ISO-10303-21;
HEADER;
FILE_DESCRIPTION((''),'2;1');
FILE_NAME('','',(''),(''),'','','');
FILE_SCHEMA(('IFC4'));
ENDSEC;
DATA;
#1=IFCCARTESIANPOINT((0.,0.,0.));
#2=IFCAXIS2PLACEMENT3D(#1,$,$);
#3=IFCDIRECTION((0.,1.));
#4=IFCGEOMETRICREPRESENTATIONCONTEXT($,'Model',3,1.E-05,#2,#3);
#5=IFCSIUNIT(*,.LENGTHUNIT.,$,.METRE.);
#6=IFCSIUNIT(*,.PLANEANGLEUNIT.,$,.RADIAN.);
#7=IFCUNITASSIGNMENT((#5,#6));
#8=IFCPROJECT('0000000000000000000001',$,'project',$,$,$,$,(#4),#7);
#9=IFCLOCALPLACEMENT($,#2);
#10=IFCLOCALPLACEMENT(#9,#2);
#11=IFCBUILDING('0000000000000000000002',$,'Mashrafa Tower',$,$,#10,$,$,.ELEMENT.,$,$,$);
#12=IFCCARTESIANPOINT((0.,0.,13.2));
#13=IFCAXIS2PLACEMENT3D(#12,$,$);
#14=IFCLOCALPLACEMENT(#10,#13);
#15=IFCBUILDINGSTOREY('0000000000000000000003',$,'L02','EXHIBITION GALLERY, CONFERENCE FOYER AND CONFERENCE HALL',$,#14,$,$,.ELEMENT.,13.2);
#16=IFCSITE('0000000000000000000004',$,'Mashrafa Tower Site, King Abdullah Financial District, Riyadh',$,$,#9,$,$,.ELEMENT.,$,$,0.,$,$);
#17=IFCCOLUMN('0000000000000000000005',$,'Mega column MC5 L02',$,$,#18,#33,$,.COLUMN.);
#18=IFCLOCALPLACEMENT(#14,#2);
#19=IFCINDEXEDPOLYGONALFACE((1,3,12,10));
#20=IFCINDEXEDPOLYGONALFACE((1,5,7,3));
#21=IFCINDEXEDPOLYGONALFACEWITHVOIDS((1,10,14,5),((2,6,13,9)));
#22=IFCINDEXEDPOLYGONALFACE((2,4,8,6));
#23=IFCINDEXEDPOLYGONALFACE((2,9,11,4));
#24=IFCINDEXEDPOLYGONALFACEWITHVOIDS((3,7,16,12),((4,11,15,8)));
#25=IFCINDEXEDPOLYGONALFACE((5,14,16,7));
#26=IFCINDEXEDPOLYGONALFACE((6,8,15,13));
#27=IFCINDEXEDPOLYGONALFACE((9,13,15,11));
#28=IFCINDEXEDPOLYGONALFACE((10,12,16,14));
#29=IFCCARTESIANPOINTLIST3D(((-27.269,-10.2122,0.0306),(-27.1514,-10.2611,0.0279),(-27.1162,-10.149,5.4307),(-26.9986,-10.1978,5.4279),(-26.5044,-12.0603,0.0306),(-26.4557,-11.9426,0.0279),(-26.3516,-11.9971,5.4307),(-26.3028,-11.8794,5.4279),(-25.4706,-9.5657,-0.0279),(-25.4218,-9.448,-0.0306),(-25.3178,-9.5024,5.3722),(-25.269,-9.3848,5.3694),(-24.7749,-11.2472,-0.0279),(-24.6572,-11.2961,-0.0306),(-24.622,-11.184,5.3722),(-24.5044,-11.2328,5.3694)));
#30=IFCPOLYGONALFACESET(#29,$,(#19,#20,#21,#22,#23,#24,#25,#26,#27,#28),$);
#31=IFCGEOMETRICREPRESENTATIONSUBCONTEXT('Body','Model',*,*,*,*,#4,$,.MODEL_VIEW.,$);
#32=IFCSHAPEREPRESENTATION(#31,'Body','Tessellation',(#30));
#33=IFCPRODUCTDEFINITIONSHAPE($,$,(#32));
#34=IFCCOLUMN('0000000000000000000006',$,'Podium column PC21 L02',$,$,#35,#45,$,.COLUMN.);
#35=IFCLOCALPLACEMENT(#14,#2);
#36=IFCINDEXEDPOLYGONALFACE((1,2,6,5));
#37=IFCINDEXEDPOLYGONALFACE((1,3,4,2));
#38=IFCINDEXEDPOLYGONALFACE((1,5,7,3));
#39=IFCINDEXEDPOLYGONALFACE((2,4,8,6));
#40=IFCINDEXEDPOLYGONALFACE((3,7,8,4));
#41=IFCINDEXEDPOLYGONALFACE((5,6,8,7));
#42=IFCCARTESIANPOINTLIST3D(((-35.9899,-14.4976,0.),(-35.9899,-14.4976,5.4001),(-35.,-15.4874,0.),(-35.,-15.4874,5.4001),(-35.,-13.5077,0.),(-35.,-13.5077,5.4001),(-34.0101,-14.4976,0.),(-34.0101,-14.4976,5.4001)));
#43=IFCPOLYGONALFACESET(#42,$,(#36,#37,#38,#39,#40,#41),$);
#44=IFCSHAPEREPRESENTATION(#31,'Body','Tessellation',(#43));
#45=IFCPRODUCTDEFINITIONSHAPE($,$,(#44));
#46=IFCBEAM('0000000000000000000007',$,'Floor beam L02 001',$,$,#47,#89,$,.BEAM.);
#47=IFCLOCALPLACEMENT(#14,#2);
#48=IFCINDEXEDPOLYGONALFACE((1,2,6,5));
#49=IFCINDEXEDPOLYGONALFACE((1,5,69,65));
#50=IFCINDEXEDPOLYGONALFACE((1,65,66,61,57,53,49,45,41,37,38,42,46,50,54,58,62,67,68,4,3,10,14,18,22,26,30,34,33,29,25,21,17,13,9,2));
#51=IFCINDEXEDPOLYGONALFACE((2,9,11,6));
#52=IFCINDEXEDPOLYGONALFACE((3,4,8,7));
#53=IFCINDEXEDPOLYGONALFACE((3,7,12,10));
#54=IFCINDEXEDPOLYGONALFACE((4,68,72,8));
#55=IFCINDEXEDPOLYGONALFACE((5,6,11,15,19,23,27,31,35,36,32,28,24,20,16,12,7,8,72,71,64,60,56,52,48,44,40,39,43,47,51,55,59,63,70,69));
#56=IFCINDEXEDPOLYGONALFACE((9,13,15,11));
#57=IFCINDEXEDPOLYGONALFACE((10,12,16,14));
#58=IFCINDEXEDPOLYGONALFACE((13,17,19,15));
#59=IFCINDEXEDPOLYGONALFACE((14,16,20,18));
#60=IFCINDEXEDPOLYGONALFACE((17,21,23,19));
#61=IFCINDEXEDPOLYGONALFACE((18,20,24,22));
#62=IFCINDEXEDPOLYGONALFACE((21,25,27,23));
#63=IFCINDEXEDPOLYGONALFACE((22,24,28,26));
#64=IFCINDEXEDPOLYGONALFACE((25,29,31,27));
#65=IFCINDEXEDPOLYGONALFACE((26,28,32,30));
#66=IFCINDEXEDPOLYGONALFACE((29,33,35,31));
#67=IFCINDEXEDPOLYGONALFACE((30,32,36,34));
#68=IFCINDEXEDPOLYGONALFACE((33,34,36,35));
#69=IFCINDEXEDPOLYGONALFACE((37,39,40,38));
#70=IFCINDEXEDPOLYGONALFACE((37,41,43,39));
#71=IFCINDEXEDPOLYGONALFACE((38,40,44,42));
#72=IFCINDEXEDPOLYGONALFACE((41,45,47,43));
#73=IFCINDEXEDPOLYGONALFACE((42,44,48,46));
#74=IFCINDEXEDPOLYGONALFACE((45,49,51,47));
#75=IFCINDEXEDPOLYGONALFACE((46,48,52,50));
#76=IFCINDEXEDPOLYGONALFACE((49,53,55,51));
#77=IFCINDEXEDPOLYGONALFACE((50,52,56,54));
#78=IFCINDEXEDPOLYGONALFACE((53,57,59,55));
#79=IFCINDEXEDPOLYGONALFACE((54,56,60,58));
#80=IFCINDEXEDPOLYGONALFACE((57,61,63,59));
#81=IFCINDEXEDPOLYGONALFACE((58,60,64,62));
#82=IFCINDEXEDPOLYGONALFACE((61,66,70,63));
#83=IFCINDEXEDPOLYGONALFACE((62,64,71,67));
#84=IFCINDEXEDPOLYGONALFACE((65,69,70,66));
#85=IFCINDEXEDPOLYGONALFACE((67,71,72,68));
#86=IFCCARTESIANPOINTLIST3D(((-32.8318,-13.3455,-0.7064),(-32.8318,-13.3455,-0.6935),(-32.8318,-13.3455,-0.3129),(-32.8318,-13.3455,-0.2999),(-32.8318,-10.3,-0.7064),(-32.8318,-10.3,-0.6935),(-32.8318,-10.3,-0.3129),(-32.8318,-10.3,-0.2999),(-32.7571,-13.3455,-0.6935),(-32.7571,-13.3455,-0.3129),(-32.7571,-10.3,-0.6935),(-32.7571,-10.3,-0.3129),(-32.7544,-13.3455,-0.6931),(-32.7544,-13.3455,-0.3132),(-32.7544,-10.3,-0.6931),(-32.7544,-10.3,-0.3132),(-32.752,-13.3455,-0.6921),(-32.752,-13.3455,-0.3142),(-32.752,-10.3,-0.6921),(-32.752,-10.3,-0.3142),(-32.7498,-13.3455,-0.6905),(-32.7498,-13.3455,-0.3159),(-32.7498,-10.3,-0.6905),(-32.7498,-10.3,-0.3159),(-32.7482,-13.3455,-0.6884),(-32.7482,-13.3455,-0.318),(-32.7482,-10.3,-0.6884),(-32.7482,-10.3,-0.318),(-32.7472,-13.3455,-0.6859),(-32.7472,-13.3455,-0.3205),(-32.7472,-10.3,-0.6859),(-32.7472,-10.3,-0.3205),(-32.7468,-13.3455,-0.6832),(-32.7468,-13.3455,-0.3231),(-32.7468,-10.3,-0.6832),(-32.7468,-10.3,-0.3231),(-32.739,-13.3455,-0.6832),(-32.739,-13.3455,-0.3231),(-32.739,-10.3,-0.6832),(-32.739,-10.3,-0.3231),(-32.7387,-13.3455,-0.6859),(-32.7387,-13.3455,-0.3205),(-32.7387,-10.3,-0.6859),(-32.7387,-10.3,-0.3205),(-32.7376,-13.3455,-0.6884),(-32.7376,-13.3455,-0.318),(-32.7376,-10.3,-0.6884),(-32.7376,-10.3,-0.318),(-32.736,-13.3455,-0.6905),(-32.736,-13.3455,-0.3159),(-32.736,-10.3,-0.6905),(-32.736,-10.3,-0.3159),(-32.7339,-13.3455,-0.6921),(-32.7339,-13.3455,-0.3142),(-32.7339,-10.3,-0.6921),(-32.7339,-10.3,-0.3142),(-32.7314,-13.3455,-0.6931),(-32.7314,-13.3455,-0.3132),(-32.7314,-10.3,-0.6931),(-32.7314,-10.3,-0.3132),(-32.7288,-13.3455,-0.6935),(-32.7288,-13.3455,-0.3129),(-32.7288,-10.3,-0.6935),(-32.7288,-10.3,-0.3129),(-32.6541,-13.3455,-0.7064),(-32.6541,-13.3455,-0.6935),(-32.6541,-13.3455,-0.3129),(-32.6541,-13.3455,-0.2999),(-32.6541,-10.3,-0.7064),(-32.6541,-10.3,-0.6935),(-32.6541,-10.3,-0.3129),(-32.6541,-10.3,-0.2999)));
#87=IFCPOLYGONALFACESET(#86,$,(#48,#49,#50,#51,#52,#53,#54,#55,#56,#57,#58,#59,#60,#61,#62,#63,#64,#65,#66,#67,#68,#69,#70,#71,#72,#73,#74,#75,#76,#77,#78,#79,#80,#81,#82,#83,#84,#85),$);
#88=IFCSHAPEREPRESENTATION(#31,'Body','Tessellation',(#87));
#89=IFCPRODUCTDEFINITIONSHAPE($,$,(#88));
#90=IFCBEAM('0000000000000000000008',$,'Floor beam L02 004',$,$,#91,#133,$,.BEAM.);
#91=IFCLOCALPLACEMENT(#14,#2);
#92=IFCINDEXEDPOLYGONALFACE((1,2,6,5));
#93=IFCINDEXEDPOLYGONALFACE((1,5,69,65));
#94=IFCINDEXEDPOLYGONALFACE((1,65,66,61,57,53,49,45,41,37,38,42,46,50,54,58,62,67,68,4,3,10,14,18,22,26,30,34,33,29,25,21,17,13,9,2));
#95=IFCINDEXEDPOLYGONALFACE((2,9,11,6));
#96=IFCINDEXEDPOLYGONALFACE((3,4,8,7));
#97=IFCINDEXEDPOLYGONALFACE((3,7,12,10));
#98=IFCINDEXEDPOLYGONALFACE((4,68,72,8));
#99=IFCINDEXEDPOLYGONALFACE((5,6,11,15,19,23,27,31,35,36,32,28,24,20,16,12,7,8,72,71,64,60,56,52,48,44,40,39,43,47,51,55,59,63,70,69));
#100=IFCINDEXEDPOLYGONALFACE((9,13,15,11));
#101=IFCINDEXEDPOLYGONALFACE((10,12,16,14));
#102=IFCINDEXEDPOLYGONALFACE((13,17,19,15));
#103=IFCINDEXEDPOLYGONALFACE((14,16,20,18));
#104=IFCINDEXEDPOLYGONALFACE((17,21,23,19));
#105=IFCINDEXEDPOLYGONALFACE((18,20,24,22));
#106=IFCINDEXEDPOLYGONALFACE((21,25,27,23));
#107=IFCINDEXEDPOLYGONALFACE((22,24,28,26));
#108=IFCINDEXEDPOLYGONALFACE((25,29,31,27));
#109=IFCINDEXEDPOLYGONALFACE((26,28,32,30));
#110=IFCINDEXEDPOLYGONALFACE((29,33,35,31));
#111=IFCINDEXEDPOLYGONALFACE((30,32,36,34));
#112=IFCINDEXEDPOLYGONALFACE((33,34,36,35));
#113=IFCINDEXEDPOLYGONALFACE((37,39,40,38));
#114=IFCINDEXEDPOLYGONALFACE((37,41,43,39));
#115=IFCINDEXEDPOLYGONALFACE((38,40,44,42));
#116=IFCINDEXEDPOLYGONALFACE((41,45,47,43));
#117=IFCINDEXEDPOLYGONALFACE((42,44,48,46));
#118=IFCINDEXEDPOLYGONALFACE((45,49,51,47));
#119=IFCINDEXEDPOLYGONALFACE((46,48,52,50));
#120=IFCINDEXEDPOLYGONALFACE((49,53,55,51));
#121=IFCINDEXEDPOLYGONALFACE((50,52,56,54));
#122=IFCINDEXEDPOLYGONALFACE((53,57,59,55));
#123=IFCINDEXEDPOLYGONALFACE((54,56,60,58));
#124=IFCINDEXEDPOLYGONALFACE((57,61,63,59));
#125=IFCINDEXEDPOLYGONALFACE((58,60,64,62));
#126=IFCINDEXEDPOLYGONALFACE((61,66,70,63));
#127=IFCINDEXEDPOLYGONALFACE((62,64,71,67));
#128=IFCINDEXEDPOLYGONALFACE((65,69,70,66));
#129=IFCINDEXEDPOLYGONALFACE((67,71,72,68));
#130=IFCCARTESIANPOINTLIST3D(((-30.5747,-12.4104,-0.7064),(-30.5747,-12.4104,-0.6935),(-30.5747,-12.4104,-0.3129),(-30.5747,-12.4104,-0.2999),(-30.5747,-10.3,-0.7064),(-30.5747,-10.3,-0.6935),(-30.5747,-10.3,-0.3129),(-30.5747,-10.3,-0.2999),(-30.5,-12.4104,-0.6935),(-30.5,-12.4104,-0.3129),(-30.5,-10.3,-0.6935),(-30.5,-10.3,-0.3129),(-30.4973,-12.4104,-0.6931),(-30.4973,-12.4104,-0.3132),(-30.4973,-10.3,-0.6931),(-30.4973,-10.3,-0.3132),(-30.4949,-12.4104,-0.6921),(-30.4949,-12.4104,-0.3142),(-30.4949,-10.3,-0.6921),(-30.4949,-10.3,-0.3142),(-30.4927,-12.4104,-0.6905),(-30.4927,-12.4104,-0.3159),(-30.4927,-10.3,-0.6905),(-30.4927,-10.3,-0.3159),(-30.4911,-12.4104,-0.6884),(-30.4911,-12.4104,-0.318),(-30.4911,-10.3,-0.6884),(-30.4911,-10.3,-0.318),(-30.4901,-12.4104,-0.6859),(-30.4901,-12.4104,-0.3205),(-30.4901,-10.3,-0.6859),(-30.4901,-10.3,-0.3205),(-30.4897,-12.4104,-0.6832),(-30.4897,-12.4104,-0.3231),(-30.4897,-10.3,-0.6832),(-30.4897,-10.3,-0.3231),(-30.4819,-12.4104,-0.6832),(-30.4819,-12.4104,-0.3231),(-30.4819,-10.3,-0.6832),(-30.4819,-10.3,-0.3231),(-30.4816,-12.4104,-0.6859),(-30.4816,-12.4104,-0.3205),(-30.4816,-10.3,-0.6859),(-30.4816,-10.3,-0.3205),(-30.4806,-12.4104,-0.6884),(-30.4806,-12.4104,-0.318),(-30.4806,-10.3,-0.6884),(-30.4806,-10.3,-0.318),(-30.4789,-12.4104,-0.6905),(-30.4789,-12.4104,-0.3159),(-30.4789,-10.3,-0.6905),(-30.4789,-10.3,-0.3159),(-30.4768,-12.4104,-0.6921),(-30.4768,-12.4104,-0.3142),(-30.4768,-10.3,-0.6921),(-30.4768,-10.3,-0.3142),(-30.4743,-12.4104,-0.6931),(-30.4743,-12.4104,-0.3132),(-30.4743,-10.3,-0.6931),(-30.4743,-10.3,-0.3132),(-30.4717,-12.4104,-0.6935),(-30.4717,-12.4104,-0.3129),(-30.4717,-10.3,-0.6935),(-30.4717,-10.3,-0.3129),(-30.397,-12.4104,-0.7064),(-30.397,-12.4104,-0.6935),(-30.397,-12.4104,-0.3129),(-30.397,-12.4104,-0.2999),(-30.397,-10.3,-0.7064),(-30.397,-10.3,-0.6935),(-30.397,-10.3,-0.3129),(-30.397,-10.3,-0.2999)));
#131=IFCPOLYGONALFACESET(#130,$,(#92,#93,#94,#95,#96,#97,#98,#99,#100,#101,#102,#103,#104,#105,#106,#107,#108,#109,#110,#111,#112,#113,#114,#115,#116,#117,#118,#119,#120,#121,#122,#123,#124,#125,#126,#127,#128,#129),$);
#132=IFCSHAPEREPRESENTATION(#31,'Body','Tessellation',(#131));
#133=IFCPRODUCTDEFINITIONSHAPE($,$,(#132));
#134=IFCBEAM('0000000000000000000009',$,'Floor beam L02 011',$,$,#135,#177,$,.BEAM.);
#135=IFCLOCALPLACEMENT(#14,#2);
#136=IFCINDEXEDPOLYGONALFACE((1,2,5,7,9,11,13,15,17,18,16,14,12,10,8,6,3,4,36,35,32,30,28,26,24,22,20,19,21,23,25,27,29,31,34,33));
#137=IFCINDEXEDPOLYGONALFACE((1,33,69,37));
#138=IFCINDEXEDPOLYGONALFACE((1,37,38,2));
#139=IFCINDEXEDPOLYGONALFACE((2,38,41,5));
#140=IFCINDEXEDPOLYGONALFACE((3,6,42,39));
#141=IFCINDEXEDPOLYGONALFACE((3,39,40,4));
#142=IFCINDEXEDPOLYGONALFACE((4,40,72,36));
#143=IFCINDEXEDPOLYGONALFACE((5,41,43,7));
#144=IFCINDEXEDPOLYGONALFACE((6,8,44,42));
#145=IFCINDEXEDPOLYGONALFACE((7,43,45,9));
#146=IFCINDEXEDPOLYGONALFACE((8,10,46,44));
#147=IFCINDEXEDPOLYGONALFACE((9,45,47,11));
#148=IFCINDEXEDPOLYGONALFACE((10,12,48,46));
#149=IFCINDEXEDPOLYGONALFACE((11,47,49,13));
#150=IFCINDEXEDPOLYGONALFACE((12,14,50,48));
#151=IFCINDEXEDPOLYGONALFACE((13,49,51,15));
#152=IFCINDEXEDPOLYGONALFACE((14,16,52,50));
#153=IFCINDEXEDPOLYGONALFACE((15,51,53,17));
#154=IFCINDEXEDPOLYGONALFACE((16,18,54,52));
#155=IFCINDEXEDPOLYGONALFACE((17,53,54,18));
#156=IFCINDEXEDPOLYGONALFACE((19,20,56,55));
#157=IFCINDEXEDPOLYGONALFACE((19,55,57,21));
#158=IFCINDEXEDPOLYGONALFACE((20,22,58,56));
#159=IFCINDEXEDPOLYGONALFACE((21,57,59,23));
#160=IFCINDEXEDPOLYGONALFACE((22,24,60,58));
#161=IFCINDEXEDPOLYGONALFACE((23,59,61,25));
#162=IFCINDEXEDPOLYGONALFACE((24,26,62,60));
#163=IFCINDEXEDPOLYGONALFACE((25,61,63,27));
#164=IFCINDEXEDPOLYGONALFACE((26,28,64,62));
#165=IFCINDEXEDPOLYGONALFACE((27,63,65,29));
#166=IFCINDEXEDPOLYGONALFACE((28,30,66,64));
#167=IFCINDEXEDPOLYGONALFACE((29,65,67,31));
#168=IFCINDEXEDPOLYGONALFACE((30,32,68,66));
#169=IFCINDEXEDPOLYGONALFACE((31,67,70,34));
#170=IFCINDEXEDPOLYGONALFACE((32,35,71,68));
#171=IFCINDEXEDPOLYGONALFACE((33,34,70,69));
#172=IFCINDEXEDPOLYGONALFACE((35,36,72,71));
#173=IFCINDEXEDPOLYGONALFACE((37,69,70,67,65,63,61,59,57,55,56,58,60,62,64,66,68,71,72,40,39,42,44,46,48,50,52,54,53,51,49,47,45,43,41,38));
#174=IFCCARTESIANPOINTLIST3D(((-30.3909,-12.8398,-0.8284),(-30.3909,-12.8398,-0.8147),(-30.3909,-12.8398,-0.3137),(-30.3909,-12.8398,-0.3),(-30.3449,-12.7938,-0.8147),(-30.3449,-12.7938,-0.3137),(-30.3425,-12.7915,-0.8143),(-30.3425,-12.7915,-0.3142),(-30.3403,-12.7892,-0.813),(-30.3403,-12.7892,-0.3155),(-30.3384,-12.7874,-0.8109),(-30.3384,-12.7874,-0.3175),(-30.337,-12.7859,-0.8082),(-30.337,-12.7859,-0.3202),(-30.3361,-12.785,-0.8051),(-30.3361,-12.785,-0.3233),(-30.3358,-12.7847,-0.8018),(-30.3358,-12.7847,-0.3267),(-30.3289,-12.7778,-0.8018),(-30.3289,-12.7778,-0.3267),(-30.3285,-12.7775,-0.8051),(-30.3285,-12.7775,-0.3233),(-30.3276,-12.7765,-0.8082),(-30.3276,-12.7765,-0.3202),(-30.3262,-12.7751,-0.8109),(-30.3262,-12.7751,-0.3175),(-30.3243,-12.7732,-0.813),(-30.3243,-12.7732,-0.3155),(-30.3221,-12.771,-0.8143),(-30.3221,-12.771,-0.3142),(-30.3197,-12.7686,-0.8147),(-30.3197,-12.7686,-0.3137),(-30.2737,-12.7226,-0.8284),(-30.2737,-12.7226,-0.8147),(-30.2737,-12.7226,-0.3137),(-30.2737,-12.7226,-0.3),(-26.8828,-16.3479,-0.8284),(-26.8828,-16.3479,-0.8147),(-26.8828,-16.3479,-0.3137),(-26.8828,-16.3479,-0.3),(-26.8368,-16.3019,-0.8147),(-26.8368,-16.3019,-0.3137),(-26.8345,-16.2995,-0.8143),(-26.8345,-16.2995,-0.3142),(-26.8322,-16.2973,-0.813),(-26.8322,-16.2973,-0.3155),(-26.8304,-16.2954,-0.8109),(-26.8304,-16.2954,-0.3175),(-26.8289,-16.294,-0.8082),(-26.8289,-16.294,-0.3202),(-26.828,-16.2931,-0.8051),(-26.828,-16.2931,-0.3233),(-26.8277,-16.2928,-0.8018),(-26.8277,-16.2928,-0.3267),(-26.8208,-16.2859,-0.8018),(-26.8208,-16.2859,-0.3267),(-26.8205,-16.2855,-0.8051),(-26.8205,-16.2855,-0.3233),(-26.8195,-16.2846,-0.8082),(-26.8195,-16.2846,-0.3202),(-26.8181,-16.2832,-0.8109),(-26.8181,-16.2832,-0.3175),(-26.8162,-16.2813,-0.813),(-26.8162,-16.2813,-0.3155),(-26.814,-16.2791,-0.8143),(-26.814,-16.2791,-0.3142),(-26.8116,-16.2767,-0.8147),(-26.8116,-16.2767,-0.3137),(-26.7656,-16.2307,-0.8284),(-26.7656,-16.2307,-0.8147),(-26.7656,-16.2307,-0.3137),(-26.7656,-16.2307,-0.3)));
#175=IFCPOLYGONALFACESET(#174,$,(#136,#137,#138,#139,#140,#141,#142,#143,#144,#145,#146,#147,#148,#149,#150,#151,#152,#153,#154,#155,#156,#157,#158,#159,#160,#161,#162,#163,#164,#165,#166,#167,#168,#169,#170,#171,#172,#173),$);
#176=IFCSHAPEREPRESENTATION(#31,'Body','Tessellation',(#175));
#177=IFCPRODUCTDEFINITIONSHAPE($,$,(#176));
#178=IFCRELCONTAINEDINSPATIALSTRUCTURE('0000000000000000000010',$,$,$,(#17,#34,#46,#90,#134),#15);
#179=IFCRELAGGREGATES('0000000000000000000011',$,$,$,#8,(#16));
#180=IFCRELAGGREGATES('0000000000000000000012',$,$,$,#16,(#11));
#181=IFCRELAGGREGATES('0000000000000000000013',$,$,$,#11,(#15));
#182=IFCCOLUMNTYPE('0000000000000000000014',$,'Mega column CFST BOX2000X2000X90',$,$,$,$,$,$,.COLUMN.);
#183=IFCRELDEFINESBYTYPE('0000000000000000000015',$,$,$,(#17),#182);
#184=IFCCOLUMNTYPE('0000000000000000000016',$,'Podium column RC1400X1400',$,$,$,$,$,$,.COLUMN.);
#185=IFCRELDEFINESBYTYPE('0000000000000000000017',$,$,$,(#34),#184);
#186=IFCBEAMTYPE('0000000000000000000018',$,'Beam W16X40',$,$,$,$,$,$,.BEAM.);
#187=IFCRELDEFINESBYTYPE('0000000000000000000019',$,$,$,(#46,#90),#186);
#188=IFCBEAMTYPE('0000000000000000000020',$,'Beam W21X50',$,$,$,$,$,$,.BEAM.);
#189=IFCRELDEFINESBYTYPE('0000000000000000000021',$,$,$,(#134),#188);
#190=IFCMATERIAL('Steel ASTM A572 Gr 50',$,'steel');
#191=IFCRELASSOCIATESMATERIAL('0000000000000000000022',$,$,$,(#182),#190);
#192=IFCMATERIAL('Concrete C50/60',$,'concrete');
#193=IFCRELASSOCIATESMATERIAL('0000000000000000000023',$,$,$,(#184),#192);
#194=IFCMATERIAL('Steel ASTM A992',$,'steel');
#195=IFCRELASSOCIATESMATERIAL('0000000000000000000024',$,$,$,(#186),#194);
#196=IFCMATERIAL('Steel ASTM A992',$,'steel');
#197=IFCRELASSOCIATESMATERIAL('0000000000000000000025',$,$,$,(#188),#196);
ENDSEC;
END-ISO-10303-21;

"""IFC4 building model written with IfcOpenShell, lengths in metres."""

from ifc_helpers import new_model, si_unit, direction, frame, origin, origin_2d, place, context, subcontext, project, spatial, rectangle, hollow_rectangle, i_section, extrude, material, material_profile, profile_set, type_object, element, save


model = new_model("IFC4")

# Units and contexts
model_context = context("Model", 3, precision=1e-05, world=origin(), true_north=direction((0.0, 1.0)))
body_context = subcontext(model_context, "Body", "Model", "MODEL_VIEW")
ifc_project = project(units=[si_unit("LENGTHUNIT", "METRE"), si_unit("PLANEANGLEUNIT", "RADIAN")], contexts=[model_context])

# Site, building, storey
site_placement = place(None, origin())
site = spatial("IfcSite", under=ifc_project, at=site_placement, Name="Mashrafa Tower Site, King Abdullah Financial District, Riyadh", CompositionType="ELEMENT", RefElevation=0.0)
building_placement = place(site_placement, origin())
building = spatial("IfcBuilding", under=site, at=building_placement, Name="Mashrafa Tower", CompositionType="ELEMENT")
storey_placement = place(building_placement, frame((0.0, 0.0, 13.2)))
storey = spatial("IfcBuildingStorey", under=building, at=storey_placement, Name="L02", Description="EXHIBITION GALLERY, CONFERENCE FOYER AND CONFERENCE HALL", CompositionType="ELEMENT", Elevation=13.2)

# Columns
ifc_material_1 = material(Name="Steel ASTM A572 Gr 50", Category="steel")
ifc_material_profile_1 = material_profile(ifc_material_1, hollow_rectangle(XDim=2.0, YDim=2.0, WallThickness=0.0901, at=origin_2d()), Name="BOX2000X2000X90")
ifc_profile_set_1 = profile_set([ifc_material_profile_1], Name="Steel ASTM A572 Gr 50")
column_type_1 = type_object("IfcColumnType", Name="Mega column CFST BOX2000X2000X90", PredefinedType="COLUMN", material=ifc_profile_set_1)
column_1_placement = place(storey_placement, frame((-25.9631, -10.7542, 0.0), z_axis=(0.028288, 0.011704, 0.999531), x_axis=(-0.382308, 0.924035, 0.0)))
element("IfcColumn", 1, at=column_1_placement, inside=storey, type_object=column_type_1, Name="Mega column MC5 L02", PredefinedType="COLUMN", context=body_context, shape_type="SweptSolid", body=[
    extrude(hollow_rectangle(XDim=2.0, YDim=2.0, WallThickness=0.0901, at=origin_2d()), origin(), (0.0, 0.0, 1.0), 5.4026),
])
ifc_material_2 = material(Name="Concrete C50/60", Category="concrete")
ifc_material_profile_2 = material_profile(ifc_material_2, rectangle(XDim=1.3999, YDim=1.3999, at=origin_2d()), Name="RC1400X1400")
ifc_profile_set_2 = profile_set([ifc_material_profile_2], Name="Concrete C50/60")
column_type_2 = type_object("IfcColumnType", Name="Podium column RC1400X1400", PredefinedType="COLUMN", material=ifc_profile_set_2)
column_2_placement = place(storey_placement, frame((-35.0, -14.4976, 0.0), z_axis=(0.0, 0.0, 1.0), x_axis=(0.707107, 0.707107, 0.0)))
element("IfcColumn", 2, at=column_2_placement, inside=storey, type_object=column_type_2, Name="Podium column PC21 L02", PredefinedType="COLUMN", context=body_context, shape_type="SweptSolid", body=[
    extrude(rectangle(XDim=1.3999, YDim=1.3999, at=origin_2d()), origin(), (0.0, 0.0, 1.0), 5.4001),
])

# Beams
ifc_material_3 = material(Name="Steel ASTM A992", Category="steel")
ifc_material_profile_3 = material_profile(ifc_material_3, i_section(OverallWidth=0.1777, OverallDepth=0.4065, WebThickness=0.0078, FlangeThickness=0.0129, FilletRadius=0.0103, at=origin_2d()), Name="W16X40")
ifc_profile_set_3 = profile_set([ifc_material_profile_3], Name="Steel ASTM A992")
beam_type_1 = type_object("IfcBeamType", Name="Beam W16X40", PredefinedType="BEAM", material=ifc_profile_set_3)
beam_1_placement = place(storey_placement, frame((-32.7429, -13.3455, -0.5032), z_axis=(0.0, 1.0, 0.0), x_axis=(-1.0, 0.0, 0.0)))
element("IfcBeam", 3, at=beam_1_placement, inside=storey, type_object=beam_type_1, Name="Floor beam L02 001", PredefinedType="BEAM", context=body_context, shape_type="SweptSolid", body=[
    extrude(i_section(OverallWidth=0.1777, OverallDepth=0.4065, WebThickness=0.0078, FlangeThickness=0.0129, FilletRadius=0.0103, at=origin_2d()), origin(), (0.0, 0.0, 1.0), 3.0454),
])
beam_2_placement = place(storey_placement, frame((-30.4858, -12.4104, -0.5032), z_axis=(0.0, 1.0, 0.0), x_axis=(-1.0, 0.0, 0.0)))
element("IfcBeam", 4, at=beam_2_placement, inside=storey, type_object=beam_type_1, Name="Floor beam L02 004", PredefinedType="BEAM", context=body_context, shape_type="SweptSolid", body=[
    extrude(i_section(OverallWidth=0.1777, OverallDepth=0.4065, WebThickness=0.0078, FlangeThickness=0.0129, FilletRadius=0.0103, at=origin_2d()), origin(), (0.0, 0.0, 1.0), 2.1104),
])
ifc_material_4 = material(Name="Steel ASTM A992", Category="steel")
ifc_material_profile_4 = material_profile(ifc_material_4, i_section(OverallWidth=0.1658, OverallDepth=0.5283, WebThickness=0.0098, FlangeThickness=0.0137, FilletRadius=0.0129, at=origin_2d()), Name="W21X50")
ifc_profile_set_4 = profile_set([ifc_material_profile_4], Name="Steel ASTM A992")
beam_type_2 = type_object("IfcBeamType", Name="Beam W21X50", PredefinedType="BEAM", material=ifc_profile_set_4)
beam_3_placement = place(storey_placement, frame((-26.8242, -16.2893, -0.5642), z_axis=(-0.707107, 0.707107, 0.0), x_axis=(-0.707107, -0.707107, 0.0)))
element("IfcBeam", 5, at=beam_3_placement, inside=storey, type_object=beam_type_2, Name="Floor beam L02 011", PredefinedType="BEAM", context=body_context, shape_type="SweptSolid", body=[
    extrude(i_section(OverallWidth=0.1658, OverallDepth=0.5283, WebThickness=0.0098, FlangeThickness=0.0137, FilletRadius=0.0129, at=origin_2d()), origin(), (0.0, 0.0, 1.0), 4.9612),
])

save(model, "model.ifc")
